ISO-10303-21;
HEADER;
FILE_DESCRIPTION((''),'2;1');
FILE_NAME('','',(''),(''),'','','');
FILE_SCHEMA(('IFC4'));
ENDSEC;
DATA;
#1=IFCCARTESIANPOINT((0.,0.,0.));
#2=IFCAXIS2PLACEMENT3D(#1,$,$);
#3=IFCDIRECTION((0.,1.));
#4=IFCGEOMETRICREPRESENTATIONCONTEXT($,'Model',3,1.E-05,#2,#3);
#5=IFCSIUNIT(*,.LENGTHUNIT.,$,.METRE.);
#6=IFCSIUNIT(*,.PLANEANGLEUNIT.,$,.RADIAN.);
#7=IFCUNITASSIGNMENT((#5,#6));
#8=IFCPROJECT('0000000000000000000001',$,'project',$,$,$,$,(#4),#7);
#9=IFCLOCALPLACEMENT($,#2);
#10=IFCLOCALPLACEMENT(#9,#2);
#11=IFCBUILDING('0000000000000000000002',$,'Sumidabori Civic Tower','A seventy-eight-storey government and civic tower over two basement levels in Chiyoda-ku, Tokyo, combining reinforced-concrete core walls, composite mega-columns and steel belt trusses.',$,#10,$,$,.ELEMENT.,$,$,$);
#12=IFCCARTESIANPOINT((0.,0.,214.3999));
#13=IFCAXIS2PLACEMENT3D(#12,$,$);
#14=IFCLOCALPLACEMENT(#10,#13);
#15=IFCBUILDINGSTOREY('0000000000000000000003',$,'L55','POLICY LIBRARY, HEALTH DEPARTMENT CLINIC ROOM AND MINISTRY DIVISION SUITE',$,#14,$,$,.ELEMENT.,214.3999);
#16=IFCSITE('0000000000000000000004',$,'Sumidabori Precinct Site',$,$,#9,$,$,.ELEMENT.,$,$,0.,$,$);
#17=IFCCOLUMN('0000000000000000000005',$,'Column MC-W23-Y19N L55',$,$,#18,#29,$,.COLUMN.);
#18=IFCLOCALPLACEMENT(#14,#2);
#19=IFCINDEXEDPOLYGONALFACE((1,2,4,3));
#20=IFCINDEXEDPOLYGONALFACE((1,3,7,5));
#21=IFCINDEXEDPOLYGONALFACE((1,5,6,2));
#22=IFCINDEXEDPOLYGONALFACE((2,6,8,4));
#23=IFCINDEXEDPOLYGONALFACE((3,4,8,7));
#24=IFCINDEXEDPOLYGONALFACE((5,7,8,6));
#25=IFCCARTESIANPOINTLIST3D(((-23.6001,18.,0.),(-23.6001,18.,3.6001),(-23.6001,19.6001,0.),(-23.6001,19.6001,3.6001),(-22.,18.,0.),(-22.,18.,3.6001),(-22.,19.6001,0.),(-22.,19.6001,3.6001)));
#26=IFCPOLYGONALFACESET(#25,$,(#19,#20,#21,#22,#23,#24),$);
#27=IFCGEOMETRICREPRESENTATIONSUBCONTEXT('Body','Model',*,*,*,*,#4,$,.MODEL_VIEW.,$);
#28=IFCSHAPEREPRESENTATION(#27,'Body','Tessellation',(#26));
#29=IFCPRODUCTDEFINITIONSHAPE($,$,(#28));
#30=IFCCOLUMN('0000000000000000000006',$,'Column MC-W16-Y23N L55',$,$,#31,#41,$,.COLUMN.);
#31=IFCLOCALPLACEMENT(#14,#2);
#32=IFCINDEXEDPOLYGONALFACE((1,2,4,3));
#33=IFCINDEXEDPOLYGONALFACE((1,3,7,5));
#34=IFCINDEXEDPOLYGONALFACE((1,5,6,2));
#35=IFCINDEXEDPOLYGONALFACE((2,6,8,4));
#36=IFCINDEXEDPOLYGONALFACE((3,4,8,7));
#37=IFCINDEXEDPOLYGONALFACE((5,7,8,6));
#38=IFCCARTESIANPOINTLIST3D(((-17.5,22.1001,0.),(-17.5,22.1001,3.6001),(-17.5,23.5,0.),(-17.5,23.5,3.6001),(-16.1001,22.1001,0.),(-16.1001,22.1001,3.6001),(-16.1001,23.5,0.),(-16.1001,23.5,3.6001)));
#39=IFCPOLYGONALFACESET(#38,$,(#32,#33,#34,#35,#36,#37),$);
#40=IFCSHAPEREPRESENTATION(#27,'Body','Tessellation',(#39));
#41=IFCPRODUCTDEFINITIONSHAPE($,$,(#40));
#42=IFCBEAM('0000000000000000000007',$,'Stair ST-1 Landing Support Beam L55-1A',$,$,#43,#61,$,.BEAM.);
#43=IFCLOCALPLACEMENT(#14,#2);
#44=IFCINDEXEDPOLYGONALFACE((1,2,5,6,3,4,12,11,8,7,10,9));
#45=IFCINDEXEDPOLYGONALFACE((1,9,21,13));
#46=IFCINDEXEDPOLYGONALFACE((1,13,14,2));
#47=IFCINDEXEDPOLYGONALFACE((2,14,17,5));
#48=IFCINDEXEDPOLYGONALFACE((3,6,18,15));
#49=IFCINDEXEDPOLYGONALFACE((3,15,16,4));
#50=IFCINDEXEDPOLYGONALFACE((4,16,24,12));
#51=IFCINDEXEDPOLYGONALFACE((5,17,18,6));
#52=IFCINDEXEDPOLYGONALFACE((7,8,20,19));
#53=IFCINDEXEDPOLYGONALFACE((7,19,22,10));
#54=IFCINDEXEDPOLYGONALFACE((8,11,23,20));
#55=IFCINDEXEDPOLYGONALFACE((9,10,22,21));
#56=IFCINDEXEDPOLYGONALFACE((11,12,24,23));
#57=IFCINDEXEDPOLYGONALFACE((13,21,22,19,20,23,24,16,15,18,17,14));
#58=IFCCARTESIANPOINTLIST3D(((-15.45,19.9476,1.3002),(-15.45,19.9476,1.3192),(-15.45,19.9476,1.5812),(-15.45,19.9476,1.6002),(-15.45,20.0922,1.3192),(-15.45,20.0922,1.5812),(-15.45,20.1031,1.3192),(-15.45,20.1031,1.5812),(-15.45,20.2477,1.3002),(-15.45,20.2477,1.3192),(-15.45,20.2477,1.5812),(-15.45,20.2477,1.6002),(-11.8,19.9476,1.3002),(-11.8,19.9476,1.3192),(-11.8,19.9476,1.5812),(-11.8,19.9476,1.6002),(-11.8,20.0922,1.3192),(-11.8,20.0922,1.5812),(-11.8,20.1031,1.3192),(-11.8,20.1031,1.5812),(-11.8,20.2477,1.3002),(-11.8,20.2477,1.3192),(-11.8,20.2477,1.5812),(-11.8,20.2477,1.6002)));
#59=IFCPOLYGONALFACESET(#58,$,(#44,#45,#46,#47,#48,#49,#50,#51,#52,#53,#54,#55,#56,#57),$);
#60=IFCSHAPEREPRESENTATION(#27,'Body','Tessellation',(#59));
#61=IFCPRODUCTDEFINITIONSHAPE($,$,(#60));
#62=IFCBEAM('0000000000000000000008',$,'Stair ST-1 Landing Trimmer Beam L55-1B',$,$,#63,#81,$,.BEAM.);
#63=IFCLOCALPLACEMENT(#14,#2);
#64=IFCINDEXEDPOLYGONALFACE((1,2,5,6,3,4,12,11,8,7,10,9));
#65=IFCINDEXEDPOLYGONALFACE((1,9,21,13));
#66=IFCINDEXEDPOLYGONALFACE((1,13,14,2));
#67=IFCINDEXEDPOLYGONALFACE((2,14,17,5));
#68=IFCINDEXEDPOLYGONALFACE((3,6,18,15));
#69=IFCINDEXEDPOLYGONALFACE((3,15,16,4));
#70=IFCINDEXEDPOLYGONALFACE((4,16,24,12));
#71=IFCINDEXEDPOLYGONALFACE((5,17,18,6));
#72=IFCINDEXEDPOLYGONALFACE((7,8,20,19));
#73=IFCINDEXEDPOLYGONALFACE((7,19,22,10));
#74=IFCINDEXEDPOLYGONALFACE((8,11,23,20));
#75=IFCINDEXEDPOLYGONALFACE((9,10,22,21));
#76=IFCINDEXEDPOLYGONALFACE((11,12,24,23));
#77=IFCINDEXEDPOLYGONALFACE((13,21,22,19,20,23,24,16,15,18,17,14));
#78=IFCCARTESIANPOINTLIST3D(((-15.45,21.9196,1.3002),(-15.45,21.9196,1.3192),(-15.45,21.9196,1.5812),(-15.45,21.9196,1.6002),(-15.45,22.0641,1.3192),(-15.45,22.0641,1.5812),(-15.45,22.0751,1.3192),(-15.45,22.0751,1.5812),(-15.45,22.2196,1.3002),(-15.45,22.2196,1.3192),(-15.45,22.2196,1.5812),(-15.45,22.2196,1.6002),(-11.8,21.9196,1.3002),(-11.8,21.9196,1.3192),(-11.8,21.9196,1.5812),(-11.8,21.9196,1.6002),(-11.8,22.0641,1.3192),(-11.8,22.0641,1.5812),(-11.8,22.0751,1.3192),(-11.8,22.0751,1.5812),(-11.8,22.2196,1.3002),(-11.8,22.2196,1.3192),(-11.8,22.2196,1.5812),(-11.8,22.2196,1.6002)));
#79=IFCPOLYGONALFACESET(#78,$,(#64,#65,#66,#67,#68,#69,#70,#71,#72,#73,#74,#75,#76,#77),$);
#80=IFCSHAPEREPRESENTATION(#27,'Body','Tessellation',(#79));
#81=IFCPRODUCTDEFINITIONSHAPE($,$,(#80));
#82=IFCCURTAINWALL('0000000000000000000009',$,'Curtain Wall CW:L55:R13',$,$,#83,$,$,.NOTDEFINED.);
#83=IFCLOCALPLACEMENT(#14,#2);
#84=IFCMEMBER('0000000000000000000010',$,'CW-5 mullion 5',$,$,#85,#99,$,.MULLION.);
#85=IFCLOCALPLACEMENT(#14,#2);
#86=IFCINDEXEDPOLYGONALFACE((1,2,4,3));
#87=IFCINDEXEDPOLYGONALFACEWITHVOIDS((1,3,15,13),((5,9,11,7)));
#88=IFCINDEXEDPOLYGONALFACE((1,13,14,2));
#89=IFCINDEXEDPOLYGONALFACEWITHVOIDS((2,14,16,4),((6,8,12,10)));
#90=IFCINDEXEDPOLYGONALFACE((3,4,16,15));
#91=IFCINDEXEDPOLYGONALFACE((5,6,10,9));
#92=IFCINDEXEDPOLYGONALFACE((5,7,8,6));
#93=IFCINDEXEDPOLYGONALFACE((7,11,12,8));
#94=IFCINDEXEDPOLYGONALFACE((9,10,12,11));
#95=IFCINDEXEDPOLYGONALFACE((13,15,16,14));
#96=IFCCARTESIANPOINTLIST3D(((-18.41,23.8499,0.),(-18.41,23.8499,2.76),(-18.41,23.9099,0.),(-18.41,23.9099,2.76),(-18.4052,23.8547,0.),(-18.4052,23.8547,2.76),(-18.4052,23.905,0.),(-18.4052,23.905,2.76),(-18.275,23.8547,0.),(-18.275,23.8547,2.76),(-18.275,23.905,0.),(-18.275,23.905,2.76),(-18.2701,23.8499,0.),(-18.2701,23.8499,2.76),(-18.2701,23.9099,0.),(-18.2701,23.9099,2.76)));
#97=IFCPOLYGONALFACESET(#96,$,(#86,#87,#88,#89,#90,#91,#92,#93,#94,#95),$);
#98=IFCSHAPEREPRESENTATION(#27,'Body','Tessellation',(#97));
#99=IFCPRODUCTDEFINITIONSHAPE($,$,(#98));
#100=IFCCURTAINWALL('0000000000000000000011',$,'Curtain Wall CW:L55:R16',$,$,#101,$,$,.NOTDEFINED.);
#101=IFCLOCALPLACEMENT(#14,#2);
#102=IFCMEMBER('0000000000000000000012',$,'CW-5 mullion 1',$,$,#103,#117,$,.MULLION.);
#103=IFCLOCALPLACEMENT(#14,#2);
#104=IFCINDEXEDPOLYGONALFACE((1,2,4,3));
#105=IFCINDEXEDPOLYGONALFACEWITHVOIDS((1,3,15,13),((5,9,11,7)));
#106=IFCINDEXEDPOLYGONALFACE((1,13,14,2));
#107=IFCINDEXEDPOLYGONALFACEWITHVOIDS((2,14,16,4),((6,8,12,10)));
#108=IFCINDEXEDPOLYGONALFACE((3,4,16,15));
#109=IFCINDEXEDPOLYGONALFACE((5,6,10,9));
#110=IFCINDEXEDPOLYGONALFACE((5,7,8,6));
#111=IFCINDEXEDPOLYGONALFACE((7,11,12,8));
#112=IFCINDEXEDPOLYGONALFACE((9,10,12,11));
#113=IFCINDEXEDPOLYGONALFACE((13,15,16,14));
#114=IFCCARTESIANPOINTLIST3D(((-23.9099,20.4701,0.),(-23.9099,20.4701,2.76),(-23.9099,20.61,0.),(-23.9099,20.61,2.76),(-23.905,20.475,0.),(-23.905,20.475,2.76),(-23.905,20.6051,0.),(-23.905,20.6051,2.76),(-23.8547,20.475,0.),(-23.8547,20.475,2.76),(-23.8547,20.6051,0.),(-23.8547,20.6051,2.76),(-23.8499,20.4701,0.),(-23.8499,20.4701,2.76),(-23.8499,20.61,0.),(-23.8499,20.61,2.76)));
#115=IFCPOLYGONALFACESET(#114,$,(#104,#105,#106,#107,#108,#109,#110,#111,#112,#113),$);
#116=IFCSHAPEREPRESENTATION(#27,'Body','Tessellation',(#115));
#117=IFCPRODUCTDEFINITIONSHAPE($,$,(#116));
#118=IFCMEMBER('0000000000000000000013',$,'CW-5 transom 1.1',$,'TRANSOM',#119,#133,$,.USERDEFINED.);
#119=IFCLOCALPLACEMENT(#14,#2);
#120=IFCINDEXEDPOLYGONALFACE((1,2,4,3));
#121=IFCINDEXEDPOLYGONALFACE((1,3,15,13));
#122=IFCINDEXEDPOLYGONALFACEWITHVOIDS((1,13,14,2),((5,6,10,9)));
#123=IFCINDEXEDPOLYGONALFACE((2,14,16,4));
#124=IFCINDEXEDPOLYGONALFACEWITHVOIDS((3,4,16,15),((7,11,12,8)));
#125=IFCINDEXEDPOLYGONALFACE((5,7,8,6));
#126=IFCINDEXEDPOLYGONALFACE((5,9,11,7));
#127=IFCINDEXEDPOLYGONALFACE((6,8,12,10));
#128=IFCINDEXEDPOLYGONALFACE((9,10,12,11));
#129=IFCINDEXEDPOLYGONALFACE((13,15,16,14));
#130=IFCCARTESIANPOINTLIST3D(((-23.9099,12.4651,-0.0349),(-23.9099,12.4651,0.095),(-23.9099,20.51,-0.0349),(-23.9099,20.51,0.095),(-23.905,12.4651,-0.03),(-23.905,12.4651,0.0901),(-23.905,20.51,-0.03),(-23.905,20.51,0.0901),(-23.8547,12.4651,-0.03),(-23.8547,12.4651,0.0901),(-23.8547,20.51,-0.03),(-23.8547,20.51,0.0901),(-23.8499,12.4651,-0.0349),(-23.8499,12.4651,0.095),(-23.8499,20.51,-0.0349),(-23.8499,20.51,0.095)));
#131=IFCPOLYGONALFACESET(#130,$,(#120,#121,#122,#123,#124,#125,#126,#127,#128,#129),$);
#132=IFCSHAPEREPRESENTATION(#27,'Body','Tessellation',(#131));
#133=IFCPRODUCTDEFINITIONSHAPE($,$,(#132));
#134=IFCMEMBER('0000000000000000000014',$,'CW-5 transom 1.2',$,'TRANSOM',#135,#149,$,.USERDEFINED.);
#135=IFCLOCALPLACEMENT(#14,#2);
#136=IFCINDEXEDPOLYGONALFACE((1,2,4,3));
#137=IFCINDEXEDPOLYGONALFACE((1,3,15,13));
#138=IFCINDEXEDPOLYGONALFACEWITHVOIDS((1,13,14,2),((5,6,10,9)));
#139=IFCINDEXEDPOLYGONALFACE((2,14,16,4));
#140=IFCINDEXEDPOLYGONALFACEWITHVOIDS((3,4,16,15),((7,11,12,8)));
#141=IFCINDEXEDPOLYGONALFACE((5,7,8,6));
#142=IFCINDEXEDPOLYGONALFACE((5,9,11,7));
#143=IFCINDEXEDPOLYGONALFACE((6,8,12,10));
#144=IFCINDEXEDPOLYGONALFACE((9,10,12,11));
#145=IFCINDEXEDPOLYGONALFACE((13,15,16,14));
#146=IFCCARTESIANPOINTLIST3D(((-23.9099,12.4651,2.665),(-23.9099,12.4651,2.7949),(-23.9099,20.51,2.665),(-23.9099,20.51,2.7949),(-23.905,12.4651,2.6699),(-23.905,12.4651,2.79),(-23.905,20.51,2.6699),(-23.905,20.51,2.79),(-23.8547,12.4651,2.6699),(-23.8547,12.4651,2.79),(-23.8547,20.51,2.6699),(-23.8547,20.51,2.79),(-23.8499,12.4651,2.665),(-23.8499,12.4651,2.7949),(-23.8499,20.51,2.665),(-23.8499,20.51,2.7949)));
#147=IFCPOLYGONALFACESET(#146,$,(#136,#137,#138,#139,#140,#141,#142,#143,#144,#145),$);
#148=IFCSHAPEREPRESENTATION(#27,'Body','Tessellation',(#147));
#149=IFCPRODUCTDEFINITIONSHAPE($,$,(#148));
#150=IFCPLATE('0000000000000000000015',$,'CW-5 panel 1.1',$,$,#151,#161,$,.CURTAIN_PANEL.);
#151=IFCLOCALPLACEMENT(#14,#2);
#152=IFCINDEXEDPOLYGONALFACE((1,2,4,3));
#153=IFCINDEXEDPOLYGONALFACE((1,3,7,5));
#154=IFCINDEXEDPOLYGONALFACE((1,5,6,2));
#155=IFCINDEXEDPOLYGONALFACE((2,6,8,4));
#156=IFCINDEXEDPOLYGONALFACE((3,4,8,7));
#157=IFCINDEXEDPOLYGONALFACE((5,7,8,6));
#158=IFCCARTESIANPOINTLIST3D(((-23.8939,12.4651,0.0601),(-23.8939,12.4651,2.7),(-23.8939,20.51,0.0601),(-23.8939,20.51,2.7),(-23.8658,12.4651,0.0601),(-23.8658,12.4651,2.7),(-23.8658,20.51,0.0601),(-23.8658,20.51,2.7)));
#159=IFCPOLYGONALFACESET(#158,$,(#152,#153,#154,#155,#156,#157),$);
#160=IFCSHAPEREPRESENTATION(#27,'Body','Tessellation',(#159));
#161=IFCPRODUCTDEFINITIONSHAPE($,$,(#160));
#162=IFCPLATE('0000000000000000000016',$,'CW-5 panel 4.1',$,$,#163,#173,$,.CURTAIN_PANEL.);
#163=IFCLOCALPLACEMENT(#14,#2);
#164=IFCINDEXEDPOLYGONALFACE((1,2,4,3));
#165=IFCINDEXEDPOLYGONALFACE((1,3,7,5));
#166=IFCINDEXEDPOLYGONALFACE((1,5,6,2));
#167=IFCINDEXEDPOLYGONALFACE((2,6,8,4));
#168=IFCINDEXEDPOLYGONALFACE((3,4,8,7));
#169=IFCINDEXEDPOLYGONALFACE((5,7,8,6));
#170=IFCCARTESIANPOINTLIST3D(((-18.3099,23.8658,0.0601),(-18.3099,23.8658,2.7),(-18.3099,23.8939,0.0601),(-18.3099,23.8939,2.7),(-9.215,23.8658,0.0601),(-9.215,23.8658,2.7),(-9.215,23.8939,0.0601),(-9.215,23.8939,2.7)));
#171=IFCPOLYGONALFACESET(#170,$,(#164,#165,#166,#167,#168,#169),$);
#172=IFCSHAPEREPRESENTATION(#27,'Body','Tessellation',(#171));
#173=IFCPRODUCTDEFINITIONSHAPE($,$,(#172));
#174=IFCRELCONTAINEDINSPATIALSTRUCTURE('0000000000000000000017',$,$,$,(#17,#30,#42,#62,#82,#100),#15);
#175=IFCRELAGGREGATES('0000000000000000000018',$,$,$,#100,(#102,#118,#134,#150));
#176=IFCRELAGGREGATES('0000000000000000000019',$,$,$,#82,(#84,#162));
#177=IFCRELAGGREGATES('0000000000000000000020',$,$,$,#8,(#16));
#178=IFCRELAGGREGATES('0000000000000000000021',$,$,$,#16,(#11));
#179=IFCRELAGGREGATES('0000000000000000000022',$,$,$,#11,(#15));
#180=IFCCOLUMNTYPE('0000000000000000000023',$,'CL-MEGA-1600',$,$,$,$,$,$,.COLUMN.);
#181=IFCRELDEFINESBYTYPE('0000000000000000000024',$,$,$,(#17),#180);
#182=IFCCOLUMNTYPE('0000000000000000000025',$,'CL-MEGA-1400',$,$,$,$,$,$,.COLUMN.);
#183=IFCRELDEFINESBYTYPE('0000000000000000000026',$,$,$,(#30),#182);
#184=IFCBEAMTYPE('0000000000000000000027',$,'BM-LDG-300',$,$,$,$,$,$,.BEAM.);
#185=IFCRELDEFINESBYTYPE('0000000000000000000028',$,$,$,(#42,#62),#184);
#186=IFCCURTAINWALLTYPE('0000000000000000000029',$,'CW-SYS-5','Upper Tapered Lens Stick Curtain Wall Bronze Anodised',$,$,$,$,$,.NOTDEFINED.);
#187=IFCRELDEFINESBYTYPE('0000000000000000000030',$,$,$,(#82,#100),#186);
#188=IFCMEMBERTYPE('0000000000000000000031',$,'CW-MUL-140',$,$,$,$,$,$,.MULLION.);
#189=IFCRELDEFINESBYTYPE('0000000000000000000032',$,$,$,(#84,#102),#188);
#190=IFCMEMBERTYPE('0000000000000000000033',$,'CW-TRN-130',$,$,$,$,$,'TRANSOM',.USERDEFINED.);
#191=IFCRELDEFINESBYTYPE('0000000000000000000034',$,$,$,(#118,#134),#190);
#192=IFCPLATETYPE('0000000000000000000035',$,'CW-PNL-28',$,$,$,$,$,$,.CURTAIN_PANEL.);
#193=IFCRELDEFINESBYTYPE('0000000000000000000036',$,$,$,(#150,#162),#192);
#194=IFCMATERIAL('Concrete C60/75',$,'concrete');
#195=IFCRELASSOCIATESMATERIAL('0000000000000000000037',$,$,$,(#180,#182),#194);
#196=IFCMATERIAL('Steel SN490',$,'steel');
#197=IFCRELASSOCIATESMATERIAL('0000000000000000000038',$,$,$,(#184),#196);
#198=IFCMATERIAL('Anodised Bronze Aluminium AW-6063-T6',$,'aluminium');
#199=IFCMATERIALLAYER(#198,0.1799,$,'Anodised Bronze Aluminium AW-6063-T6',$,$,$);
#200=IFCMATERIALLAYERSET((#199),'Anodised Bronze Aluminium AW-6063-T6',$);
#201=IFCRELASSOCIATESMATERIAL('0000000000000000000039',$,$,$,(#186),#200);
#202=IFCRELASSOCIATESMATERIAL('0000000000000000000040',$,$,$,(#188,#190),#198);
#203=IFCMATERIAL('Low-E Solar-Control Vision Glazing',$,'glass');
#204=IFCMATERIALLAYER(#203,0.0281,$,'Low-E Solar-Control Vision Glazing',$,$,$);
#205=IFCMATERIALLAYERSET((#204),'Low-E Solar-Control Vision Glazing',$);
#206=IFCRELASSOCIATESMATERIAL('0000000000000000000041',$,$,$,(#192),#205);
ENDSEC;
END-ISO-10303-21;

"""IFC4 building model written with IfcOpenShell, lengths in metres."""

from ifc_helpers import new_model, si_unit, direction, frame, origin, origin_2d, place, context, subcontext, project, spatial, rectangle, hollow_rectangle, i_section, extrude, source, transform, mapped, material, layer, layer_set, material_profile, profile_set, type_object, element, aggregate, save


model = new_model("IFC4")

# Units and contexts
model_context = context("Model", 3, precision=1e-05, world=origin(), true_north=direction((0.0, 1.0)))
body_context = subcontext(model_context, "Body", "Model", "MODEL_VIEW")
ifc_project = project(units=[si_unit("LENGTHUNIT", "METRE"), si_unit("PLANEANGLEUNIT", "RADIAN")], contexts=[model_context])

# Site, building, storey
site_placement = place(None, origin())
site = spatial("IfcSite", under=ifc_project, at=site_placement, Name="Sumidabori Precinct Site", CompositionType="ELEMENT", RefElevation=0.0)
building_placement = place(site_placement, origin())
building = spatial("IfcBuilding", under=site, at=building_placement, Name="Sumidabori Civic Tower", Description="A seventy-eight-storey government and civic tower over two basement levels in Chiyoda-ku, Tokyo, combining reinforced-concrete core walls, composite mega-columns and steel belt trusses.", CompositionType="ELEMENT")
storey_placement = place(building_placement, frame((0.0, 0.0, 214.3999)))
storey = spatial("IfcBuildingStorey", under=building, at=storey_placement, Name="L55", Description="POLICY LIBRARY, HEALTH DEPARTMENT CLINIC ROOM AND MINISTRY DIVISION SUITE", CompositionType="ELEMENT", Elevation=214.3999)

# Columns
ifc_material_1 = material(Name="Concrete C60/75", Category="concrete")
ifc_material_profile_1 = material_profile(ifc_material_1, rectangle(XDim=1.6001, YDim=1.6001, at=origin_2d()), Name="RC 1600x1600")
ifc_profile_set_1 = profile_set([ifc_material_profile_1], Name="Concrete C60/75")
column_type_1 = type_object("IfcColumnType", Name="CL-MEGA-1600", PredefinedType="COLUMN", material=ifc_profile_set_1)
shared_shape_1 = source(origin(), body_context, "Body", "SweptSolid", [
    extrude(rectangle(XDim=1.6001, YDim=1.6001, at=origin_2d()), origin(), (0.0, 0.0, 1.0), 3.6001),
])
column_1_placement = place(storey_placement, frame((-22.8, 18.8, 0.0), z_axis=(0.0, 0.0, 1.0), x_axis=(1.0, 0.0, 0.0)))
element("IfcColumn", 1, at=column_1_placement, inside=storey, type_object=column_type_1, Name="Column MC-W23-Y19N L55", PredefinedType="COLUMN", context=body_context, shape_type="MappedRepresentation", body=[
    mapped(shared_shape_1, transform((0.0, 0.0, 0.0), x_axis=(1.0, 0.0, 0.0), y_axis=(0.0, 1.0, 0.0), z_axis=(0.0, 0.0, 1.0), scale=1.0)),
])
ifc_material_profile_2 = material_profile(ifc_material_1, rectangle(XDim=1.3999, YDim=1.3999, at=origin_2d()), Name="RC 1400x1400")
ifc_profile_set_2 = profile_set([ifc_material_profile_2], Name="Concrete C60/75")
column_type_2 = type_object("IfcColumnType", Name="CL-MEGA-1400", PredefinedType="COLUMN", material=ifc_profile_set_2)
shared_shape_2 = source(origin(), body_context, "Body", "SweptSolid", [
    extrude(rectangle(XDim=1.3999, YDim=1.3999, at=origin_2d()), origin(), (0.0, 0.0, 1.0), 3.6001),
])
column_2_placement = place(storey_placement, frame((-16.8, 22.8, 0.0), z_axis=(0.0, 0.0, 1.0), x_axis=(1.0, 0.0, 0.0)))
element("IfcColumn", 2, at=column_2_placement, inside=storey, type_object=column_type_2, Name="Column MC-W16-Y23N L55", PredefinedType="COLUMN", context=body_context, shape_type="MappedRepresentation", body=[
    mapped(shared_shape_2, transform((0.0, 0.0, 0.0), x_axis=(1.0, 0.0, 0.0), y_axis=(0.0, 1.0, 0.0), z_axis=(0.0, 0.0, 1.0), scale=1.0)),
])

# Beams
ifc_material_2 = material(Name="Steel SN490", Category="steel")
ifc_material_profile_3 = material_profile(ifc_material_2, i_section(OverallWidth=0.3, OverallDepth=0.3, WebThickness=0.011, FlangeThickness=0.019, at=origin_2d()), Name="HE 300 B")
ifc_profile_set_3 = profile_set([ifc_material_profile_3], Name="Steel SN490")
beam_type = type_object("IfcBeamType", Name="BM-LDG-300", PredefinedType="BEAM", material=ifc_profile_set_3)
shared_shape_3 = source(origin(), body_context, "Body", "SweptSolid", [
    extrude(i_section(OverallWidth=0.3, OverallDepth=0.3, WebThickness=0.011, FlangeThickness=0.019, at=origin_2d()), origin(), (0.0, 0.0, 1.0), 3.6499),
])
for number, where, z_axis, x_axis, name in (
    (3, (-15.45, 20.0977, 1.4502), (1.0, 0.0, 0.0), (0.0, 1.0, 0.0), "Stair ST-1 Landing Support Beam L55-1A"),
    (4, (-15.45, 22.0696, 1.4502), (1.0, 0.0, 0.0), (0.0, 1.0, 0.0), "Stair ST-1 Landing Trimmer Beam L55-1B"),
):
    element("IfcBeam", number, at=place(storey_placement, frame(where, z_axis=z_axis, x_axis=x_axis)), inside=storey, type_object=beam_type, Name=name, PredefinedType="BEAM", context=body_context, shape_type="MappedRepresentation", body=[
        mapped(shared_shape_3, transform((0.0, 0.0, 0.0), x_axis=(1.0, 0.0, 0.0), y_axis=(0.0, 1.0, 0.0), z_axis=(0.0, 0.0, 1.0), scale=1.0)),
    ])

# Curtain wall, member
ifc_material_3 = material(Name="Anodised Bronze Aluminium AW-6063-T6", Category="aluminium")
ifc_layer_1 = layer(ifc_material_3, 0.1799, Name="Anodised Bronze Aluminium AW-6063-T6")
ifc_layer_set_1 = layer_set([ifc_layer_1], Name="Anodised Bronze Aluminium AW-6063-T6")
curtain_wall_type = type_object("IfcCurtainWallType", Name="CW-SYS-5", Description="Upper Tapered Lens Stick Curtain Wall Bronze Anodised", PredefinedType="NOTDEFINED", material=ifc_layer_set_1)
curtain_wall_1_placement = place(storey_placement, origin())
curtain_wall_1 = element("IfcCurtainWall", 5, at=curtain_wall_1_placement, inside=storey, type_object=curtain_wall_type, Name="Curtain Wall CW:L55:R13", PredefinedType="NOTDEFINED")
ifc_material_profile_4 = material_profile(ifc_material_3, hollow_rectangle(XDim=0.0601, YDim=0.1399, WallThickness=0.0049, at=origin_2d()), Name="ALU MULLION 140x60")
ifc_profile_set_4 = profile_set([ifc_material_profile_4], Name="Anodised Bronze Aluminium AW-6063-T6")
member_type_1 = type_object("IfcMemberType", Name="CW-MUL-140", PredefinedType="MULLION", material=ifc_profile_set_4)
shared_shape_4 = source(origin(), body_context, "Body", "SweptSolid", [
    extrude(hollow_rectangle(XDim=0.0601, YDim=0.1399, WallThickness=0.0049, at=origin_2d()), origin(), (0.0, 0.0, 1.0), 2.76),
])
member_1_placement = place(storey_placement, frame((-18.3401, 23.8799, 0.0), z_axis=(0.0, 0.0, 1.0), x_axis=(0.0, -1.0, 0.0)))
member_1 = element("IfcMember", 6, at=member_1_placement, type_object=member_type_1, Name="CW-5 mullion 5", PredefinedType="MULLION", context=body_context, shape_type="MappedRepresentation", body=[
    mapped(shared_shape_4, transform((0.0, 0.0, 0.0), x_axis=(1.0, 0.0, 0.0), y_axis=(0.0, 1.0, 0.0), z_axis=(0.0, 0.0, 1.0), scale=1.0)),
])

# Curtain wall, members, plate
curtain_wall_2_placement = place(storey_placement, origin())
curtain_wall_2 = element("IfcCurtainWall", 7, at=curtain_wall_2_placement, inside=storey, type_object=curtain_wall_type, Name="Curtain Wall CW:L55:R16", PredefinedType="NOTDEFINED")
member_2_placement = place(storey_placement, frame((-23.8799, 20.54, 0.0), z_axis=(0.0, 0.0, 1.0), x_axis=(1.0, 0.0, 0.0)))
member_2 = element("IfcMember", 8, at=member_2_placement, type_object=member_type_1, Name="CW-5 mullion 1", PredefinedType="MULLION", context=body_context, shape_type="MappedRepresentation", body=[
    mapped(shared_shape_4, transform((0.0, 0.0, 0.0), x_axis=(1.0, 0.0, 0.0), y_axis=(0.0, 1.0, 0.0), z_axis=(0.0, 0.0, 1.0), scale=1.0)),
])
ifc_material_profile_5 = material_profile(ifc_material_3, hollow_rectangle(XDim=0.0601, YDim=0.1299, WallThickness=0.0049, at=origin_2d()), Name="ALU TRANSOM 130x60")
ifc_profile_set_5 = profile_set([ifc_material_profile_5], Name="Anodised Bronze Aluminium AW-6063-T6")
member_type_2 = type_object("IfcMemberType", Name="CW-TRN-130", ElementType="TRANSOM", PredefinedType="USERDEFINED", material=ifc_profile_set_5)
shared_shape_5 = source(origin(), body_context, "Body", "SweptSolid", [
    extrude(hollow_rectangle(XDim=0.0601, YDim=0.1299, WallThickness=0.0049, at=origin_2d()), origin(), (0.0, 0.0, 1.0), 8.0449),
])
member_3_placement = place(storey_placement, frame((-23.8799, 20.51, 0.03), z_axis=(0.0, -1.0, 0.0), x_axis=(1.0, 0.0, 0.0)))
member_3 = element("IfcMember", 9, at=member_3_placement, type_object=member_type_2, Name="CW-5 transom 1.1", ObjectType="TRANSOM", PredefinedType="USERDEFINED", context=body_context, shape_type="MappedRepresentation", body=[
    mapped(shared_shape_5, transform((0.0, 0.0, 0.0), x_axis=(1.0, 0.0, 0.0), y_axis=(0.0, 1.0, 0.0), z_axis=(0.0, 0.0, 1.0), scale=1.0)),
])
member_4_placement = place(storey_placement, frame((-23.8799, 20.51, 2.73), z_axis=(0.0, -1.0, 0.0), x_axis=(1.0, 0.0, 0.0)))
member_4 = element("IfcMember", 10, at=member_4_placement, type_object=member_type_2, Name="CW-5 transom 1.2", ObjectType="TRANSOM", PredefinedType="USERDEFINED", context=body_context, shape_type="MappedRepresentation", body=[
    mapped(shared_shape_5, transform((0.0, 0.0, 0.0), x_axis=(1.0, 0.0, 0.0), y_axis=(0.0, 1.0, 0.0), z_axis=(0.0, 0.0, 1.0), scale=1.0)),
])
ifc_material_4 = material(Name="Low-E Solar-Control Vision Glazing", Category="glass")
ifc_layer_2 = layer(ifc_material_4, 0.0281, Name="Low-E Solar-Control Vision Glazing")
ifc_layer_set_2 = layer_set([ifc_layer_2], Name="Low-E Solar-Control Vision Glazing")
plate_type = type_object("IfcPlateType", Name="CW-PNL-28", PredefinedType="CURTAIN_PANEL", material=ifc_layer_set_2)
shared_shape_6 = source(origin(), body_context, "Body", "SweptSolid", [
    extrude(rectangle(XDim=8.0449, YDim=0.0281, at=origin_2d()), origin(), (0.0, 0.0, 1.0), 2.6399),
])
plate_1_placement = place(storey_placement, frame((-23.8799, 16.4875, 0.0601), z_axis=(0.0, 0.0, 1.0), x_axis=(0.0, -1.0, 0.0)))
plate_1 = element("IfcPlate", 11, at=plate_1_placement, type_object=plate_type, Name="CW-5 panel 1.1", PredefinedType="CURTAIN_PANEL", context=body_context, shape_type="MappedRepresentation", body=[
    mapped(shared_shape_6, transform((0.0, 0.0, 0.0), x_axis=(1.0, 0.0, 0.0), y_axis=(0.0, 1.0, 0.0), z_axis=(0.0, 0.0, 1.0), scale=1.0)),
])
aggregate(curtain_wall_2, [member_2, member_3, member_4, plate_1])

# Plate
shared_shape_7 = source(origin(), body_context, "Body", "SweptSolid", [
    extrude(rectangle(XDim=9.095, YDim=0.0281, at=origin_2d()), origin(), (0.0, 0.0, 1.0), 2.6399),
])
plate_2_placement = place(storey_placement, frame((-13.7625, 23.8799, 0.0601), z_axis=(0.0, 0.0, 1.0), x_axis=(-1.0, 0.0, 0.0)))
plate_2 = element("IfcPlate", 12, at=plate_2_placement, type_object=plate_type, Name="CW-5 panel 4.1", PredefinedType="CURTAIN_PANEL", context=body_context, shape_type="MappedRepresentation", body=[
    mapped(shared_shape_7, transform((0.0, 0.0, 0.0), x_axis=(1.0, 0.0, 0.0), y_axis=(0.0, 1.0, 0.0), z_axis=(0.0, 0.0, 1.0), scale=1.0)),
])
aggregate(curtain_wall_1, [member_1, plate_2])

save(model, "model.ifc")
